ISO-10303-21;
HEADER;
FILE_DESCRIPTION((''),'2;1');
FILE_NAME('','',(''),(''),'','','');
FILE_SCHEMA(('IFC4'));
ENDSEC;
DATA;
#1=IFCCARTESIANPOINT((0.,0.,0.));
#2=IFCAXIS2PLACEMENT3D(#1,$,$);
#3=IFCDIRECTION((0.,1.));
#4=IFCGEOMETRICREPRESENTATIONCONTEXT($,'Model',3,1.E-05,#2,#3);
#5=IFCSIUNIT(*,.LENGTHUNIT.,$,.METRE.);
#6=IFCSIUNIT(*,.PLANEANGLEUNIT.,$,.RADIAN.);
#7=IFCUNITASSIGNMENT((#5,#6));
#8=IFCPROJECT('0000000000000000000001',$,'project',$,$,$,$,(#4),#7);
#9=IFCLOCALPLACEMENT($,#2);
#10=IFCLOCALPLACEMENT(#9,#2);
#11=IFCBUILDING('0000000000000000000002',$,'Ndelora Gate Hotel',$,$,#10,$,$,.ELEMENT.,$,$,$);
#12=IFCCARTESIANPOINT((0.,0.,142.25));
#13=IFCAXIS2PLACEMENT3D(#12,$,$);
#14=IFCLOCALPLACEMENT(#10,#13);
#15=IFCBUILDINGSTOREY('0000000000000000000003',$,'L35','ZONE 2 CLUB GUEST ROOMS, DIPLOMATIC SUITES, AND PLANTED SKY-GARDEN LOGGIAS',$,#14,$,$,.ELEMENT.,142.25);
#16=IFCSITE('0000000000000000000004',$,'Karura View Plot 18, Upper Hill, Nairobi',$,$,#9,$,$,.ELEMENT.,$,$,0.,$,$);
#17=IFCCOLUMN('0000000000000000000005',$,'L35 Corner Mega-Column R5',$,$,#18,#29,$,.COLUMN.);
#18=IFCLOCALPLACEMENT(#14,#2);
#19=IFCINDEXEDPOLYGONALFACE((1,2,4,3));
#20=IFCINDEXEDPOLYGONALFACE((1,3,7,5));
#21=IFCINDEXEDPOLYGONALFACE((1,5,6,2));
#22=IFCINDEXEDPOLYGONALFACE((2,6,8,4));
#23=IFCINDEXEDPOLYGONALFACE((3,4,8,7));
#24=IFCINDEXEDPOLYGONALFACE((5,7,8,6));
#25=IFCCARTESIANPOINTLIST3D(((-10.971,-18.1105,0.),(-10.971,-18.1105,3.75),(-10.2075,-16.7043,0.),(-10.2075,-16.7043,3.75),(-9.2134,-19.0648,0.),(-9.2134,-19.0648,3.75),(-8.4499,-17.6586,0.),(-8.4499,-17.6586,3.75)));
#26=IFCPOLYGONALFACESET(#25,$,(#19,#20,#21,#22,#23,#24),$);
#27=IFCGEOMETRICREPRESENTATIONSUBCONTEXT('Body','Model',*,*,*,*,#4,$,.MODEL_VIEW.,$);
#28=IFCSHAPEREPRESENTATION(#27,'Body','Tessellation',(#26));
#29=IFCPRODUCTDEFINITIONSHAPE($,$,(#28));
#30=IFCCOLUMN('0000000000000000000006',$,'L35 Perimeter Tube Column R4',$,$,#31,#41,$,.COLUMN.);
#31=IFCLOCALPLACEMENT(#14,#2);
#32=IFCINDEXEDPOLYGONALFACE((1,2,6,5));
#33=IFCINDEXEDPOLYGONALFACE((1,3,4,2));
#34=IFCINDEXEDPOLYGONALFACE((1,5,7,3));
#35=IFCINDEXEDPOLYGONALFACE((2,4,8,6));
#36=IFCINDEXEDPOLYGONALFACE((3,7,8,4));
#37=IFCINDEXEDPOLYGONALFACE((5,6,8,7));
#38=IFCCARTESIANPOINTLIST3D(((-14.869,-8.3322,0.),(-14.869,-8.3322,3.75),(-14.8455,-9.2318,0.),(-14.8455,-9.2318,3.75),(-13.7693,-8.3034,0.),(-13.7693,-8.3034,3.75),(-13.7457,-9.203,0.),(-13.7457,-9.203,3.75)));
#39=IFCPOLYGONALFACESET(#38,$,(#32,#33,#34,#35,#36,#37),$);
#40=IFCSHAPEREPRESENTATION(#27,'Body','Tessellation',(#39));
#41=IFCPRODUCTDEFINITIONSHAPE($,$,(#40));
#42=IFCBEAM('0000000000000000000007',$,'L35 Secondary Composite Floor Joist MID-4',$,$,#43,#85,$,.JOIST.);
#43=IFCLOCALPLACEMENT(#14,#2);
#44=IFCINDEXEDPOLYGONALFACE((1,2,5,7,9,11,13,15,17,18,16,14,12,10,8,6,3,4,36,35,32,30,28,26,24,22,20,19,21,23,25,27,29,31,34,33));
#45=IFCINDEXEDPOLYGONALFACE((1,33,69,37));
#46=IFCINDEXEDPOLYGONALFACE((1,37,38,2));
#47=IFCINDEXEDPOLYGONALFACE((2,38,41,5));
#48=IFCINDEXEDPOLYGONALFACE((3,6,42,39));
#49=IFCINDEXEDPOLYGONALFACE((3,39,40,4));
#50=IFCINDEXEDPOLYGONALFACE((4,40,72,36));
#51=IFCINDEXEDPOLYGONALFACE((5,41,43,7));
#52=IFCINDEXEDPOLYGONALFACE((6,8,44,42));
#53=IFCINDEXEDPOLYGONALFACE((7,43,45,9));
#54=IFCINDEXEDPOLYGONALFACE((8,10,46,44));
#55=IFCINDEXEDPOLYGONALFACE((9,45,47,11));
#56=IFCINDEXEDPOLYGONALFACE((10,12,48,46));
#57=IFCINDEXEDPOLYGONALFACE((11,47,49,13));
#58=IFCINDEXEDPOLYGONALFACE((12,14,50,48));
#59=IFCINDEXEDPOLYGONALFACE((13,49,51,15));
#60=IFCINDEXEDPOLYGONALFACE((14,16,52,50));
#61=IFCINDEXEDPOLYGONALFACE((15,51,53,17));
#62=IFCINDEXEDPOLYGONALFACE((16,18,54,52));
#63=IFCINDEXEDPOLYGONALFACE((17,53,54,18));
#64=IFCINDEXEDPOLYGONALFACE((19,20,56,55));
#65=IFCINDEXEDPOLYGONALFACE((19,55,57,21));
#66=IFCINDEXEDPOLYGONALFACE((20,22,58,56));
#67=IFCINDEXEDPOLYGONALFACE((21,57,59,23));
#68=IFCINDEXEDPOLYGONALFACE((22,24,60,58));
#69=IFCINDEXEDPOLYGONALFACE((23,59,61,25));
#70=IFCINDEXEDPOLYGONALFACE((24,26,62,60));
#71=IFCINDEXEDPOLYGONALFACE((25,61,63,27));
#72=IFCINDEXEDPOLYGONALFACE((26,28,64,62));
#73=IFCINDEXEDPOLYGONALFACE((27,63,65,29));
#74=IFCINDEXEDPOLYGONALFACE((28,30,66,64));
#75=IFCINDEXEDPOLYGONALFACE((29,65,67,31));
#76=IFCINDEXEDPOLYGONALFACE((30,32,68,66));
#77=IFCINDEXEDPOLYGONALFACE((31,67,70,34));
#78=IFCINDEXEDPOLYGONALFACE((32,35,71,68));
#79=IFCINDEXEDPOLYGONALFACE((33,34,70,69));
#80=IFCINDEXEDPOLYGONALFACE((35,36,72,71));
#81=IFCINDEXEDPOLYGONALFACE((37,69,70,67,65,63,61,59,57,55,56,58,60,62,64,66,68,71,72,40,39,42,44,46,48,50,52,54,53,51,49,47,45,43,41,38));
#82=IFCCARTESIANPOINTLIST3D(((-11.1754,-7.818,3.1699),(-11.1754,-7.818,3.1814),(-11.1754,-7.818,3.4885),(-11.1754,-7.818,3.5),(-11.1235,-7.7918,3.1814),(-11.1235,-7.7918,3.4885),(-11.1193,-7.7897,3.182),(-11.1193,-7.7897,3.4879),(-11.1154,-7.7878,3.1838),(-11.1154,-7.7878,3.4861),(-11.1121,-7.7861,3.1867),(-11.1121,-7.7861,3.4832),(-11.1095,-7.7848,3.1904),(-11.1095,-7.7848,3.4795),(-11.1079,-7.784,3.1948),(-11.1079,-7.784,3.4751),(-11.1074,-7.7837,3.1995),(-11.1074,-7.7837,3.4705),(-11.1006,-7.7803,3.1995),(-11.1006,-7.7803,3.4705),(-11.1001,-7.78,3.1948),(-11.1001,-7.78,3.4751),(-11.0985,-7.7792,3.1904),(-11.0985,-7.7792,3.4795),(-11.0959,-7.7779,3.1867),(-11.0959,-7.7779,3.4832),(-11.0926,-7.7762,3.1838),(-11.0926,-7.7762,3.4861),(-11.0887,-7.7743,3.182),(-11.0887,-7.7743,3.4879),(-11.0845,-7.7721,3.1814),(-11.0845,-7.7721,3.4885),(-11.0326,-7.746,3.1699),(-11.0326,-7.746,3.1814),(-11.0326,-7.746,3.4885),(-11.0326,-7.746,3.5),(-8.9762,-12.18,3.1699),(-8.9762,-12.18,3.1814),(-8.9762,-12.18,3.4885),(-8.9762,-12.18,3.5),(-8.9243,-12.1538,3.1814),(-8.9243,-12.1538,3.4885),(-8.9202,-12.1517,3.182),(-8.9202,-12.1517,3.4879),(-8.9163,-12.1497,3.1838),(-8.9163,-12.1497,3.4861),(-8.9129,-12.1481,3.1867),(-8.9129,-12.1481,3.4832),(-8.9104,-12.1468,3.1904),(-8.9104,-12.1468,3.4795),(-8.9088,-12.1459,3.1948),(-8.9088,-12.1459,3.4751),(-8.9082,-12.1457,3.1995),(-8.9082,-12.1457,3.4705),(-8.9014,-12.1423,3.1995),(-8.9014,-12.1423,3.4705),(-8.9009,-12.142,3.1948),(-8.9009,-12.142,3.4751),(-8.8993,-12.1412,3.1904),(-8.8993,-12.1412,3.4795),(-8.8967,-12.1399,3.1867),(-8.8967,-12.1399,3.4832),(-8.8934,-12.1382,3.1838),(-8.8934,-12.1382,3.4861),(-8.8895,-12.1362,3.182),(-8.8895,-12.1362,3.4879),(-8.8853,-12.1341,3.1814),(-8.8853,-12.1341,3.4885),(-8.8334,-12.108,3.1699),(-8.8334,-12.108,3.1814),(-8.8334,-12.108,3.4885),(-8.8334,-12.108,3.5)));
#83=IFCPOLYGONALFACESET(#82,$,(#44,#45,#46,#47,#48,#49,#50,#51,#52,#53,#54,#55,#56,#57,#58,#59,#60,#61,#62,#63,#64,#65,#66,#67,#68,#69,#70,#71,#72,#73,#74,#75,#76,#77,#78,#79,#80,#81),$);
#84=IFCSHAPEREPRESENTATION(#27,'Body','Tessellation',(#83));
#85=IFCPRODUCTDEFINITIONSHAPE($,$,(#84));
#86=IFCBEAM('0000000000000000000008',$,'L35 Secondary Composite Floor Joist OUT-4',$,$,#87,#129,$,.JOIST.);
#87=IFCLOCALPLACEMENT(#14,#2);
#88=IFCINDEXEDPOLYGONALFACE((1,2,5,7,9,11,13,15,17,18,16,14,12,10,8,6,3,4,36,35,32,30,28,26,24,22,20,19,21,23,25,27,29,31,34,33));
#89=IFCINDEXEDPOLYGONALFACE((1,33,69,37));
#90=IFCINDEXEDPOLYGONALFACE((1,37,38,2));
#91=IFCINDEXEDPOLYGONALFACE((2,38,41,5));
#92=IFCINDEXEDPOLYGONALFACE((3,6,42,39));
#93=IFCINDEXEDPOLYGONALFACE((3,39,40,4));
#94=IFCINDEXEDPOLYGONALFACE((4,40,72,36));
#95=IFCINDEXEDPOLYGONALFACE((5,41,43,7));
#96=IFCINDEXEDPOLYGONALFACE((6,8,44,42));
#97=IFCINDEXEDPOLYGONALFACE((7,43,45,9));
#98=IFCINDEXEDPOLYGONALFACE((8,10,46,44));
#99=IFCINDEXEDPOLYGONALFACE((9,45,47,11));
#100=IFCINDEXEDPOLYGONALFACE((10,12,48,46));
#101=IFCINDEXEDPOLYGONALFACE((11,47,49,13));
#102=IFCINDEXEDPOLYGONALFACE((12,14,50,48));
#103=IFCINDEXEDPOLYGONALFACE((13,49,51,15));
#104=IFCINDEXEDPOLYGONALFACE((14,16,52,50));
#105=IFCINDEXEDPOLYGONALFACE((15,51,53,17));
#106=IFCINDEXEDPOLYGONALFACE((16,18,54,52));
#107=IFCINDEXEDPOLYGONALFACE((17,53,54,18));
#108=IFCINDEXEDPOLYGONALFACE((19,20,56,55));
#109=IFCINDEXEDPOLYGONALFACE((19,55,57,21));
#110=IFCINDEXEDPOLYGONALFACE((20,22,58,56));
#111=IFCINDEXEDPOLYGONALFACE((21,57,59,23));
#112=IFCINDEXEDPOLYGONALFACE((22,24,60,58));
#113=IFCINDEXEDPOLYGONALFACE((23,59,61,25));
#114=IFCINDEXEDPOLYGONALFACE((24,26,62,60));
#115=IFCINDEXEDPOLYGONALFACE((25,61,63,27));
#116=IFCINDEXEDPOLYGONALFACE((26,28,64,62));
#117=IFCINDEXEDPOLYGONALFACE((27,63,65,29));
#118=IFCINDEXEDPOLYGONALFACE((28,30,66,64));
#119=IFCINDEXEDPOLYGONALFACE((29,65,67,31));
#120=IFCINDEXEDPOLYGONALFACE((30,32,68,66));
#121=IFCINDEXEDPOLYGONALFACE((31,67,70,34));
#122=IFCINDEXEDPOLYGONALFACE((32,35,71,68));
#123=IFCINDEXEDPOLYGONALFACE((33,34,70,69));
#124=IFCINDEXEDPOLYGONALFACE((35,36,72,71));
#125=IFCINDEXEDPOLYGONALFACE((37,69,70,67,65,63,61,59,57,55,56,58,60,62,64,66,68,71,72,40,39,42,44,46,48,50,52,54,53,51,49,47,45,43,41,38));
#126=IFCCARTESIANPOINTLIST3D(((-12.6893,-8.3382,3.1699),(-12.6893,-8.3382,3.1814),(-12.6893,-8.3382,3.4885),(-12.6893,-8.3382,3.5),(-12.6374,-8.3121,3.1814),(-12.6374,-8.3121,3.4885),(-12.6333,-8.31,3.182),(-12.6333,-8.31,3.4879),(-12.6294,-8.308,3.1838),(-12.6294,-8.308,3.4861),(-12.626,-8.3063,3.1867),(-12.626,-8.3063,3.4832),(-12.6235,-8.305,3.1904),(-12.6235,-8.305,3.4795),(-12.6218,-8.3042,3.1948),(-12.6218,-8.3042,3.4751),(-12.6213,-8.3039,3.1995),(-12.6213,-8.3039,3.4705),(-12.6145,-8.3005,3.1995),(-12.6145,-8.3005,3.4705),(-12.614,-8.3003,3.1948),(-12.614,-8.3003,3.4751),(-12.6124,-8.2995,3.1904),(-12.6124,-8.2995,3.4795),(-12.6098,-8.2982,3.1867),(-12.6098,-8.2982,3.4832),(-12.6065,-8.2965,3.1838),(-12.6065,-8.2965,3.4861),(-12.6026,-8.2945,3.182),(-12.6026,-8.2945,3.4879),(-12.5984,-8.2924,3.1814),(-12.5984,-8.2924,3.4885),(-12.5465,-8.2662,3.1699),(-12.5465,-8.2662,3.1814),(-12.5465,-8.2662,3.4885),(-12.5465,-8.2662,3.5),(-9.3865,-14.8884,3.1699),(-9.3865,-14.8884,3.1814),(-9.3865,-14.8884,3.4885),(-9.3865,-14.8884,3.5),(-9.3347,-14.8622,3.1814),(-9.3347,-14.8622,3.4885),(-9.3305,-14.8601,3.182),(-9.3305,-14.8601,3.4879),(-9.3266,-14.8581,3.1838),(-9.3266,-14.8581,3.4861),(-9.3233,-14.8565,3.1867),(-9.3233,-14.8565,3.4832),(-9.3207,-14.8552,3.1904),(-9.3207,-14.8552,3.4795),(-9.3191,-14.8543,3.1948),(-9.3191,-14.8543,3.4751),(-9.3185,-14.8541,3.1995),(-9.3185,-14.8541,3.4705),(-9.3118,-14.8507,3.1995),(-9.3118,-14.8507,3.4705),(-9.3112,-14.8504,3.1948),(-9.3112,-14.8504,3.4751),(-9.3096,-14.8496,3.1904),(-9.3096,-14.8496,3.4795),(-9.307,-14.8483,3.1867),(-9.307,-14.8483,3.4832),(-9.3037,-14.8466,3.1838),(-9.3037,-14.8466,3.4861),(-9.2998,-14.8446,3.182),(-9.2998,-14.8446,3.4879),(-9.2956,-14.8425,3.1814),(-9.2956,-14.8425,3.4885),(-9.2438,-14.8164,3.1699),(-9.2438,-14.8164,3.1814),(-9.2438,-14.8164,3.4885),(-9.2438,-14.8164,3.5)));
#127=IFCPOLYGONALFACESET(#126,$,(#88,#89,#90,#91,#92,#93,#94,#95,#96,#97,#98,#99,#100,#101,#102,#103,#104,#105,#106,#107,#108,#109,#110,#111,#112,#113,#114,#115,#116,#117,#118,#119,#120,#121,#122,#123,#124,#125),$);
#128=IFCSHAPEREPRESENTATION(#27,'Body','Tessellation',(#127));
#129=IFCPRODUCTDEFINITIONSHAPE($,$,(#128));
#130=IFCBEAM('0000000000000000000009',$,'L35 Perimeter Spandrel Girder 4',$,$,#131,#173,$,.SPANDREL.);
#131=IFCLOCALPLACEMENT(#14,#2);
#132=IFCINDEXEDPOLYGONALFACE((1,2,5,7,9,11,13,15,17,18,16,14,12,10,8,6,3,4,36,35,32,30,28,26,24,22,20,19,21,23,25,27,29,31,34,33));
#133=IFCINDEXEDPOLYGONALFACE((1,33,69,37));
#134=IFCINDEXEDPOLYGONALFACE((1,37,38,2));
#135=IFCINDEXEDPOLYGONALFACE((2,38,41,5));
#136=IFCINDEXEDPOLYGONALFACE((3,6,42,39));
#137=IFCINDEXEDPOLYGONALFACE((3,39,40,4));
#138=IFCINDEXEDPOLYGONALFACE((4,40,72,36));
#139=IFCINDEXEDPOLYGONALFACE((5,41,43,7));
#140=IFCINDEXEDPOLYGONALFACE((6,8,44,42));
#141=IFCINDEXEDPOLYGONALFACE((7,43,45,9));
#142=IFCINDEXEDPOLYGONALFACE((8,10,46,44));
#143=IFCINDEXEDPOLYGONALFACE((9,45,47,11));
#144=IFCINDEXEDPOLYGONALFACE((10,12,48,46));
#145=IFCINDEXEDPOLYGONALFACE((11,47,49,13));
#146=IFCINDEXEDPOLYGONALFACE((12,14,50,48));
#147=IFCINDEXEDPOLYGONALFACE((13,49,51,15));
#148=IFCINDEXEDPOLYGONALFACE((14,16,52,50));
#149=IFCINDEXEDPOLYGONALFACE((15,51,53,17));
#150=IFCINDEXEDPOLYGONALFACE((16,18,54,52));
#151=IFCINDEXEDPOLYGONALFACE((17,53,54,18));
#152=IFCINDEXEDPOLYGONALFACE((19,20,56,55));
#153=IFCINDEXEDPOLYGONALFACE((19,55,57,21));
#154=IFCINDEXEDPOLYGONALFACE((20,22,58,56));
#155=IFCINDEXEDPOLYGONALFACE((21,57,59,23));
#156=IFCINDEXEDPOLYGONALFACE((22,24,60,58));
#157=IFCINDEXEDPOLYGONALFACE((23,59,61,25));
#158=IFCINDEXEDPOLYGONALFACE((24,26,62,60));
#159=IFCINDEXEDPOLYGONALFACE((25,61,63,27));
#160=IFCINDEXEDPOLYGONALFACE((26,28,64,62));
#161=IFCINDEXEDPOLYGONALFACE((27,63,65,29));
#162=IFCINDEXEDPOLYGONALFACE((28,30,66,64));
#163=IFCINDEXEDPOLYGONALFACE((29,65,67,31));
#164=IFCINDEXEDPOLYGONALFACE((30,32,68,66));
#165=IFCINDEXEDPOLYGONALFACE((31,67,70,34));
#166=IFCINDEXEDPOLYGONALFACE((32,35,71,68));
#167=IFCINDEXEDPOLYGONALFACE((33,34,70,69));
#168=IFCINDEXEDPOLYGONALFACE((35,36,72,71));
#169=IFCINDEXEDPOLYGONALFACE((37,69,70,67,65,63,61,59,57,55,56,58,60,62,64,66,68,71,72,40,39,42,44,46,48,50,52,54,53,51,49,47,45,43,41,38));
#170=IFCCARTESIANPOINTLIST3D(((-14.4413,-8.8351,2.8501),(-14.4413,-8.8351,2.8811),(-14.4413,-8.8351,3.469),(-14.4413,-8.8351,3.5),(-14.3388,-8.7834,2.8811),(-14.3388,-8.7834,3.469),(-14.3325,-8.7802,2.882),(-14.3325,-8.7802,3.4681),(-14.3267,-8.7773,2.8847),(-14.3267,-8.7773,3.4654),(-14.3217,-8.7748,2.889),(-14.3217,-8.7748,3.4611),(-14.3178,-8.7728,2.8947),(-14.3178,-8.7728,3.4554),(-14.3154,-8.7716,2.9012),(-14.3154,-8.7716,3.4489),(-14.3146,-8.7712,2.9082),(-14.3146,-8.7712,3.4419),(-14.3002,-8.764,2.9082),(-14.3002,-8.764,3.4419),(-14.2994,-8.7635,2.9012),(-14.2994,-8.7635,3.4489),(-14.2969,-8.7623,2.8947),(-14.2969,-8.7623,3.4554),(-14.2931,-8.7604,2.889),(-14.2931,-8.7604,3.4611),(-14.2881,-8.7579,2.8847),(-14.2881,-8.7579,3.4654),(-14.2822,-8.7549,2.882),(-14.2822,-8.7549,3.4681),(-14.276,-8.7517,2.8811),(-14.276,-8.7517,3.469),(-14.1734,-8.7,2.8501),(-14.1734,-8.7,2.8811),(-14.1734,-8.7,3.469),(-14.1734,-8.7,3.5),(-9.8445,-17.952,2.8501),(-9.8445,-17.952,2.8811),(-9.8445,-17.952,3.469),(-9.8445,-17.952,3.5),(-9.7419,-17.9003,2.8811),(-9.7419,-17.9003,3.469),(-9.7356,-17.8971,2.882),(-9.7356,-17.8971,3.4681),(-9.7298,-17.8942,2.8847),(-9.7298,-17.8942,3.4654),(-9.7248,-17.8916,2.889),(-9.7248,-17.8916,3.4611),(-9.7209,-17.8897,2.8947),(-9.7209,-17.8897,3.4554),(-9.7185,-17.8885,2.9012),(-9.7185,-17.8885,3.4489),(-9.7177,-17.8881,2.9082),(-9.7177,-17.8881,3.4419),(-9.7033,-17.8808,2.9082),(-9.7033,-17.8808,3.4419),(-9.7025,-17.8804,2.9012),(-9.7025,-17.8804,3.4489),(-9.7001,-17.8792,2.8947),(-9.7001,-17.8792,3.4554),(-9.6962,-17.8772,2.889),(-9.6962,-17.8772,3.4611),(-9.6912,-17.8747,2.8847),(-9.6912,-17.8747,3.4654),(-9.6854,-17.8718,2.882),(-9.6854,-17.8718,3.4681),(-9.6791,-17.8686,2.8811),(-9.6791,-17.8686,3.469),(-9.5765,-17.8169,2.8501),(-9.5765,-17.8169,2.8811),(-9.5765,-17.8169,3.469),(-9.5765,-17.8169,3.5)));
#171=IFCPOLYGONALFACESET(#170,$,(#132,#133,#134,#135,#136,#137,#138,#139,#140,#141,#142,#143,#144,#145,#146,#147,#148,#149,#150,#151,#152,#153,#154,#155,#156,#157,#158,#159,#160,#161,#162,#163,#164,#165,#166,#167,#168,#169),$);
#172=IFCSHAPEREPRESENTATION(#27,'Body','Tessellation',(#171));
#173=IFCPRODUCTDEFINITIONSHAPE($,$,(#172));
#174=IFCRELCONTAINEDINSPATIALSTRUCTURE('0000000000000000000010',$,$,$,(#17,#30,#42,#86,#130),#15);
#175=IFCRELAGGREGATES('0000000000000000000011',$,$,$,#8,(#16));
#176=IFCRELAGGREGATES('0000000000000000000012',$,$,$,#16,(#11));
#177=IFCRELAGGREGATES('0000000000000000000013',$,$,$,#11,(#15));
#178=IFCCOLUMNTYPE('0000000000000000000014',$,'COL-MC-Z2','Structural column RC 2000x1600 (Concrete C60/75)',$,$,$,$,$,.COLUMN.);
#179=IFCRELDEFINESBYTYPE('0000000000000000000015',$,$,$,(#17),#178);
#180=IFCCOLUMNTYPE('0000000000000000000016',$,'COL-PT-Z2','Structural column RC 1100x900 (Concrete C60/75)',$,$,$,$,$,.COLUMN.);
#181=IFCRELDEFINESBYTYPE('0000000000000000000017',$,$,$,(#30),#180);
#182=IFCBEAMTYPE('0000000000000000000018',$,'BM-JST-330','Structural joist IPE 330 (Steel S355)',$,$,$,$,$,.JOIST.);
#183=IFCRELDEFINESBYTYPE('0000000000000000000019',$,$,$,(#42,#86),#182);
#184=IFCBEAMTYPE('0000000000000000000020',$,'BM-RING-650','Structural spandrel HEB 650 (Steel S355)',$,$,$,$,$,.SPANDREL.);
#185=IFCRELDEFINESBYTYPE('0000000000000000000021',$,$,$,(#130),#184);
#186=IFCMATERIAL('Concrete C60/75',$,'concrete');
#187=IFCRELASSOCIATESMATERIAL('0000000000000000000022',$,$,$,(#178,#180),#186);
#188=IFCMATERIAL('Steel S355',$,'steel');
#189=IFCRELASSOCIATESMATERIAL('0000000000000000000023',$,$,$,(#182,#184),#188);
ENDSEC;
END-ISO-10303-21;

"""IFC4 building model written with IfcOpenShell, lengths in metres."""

from ifc_helpers import new_model, si_unit, direction, frame, origin, origin_2d, place, context, subcontext, project, spatial, rectangle, i_section, extrude, material, material_profile, profile_set, type_object, element, save


model = new_model("IFC4")

# Units and contexts
model_context = context("Model", 3, precision=1e-05, world=origin(), true_north=direction((0.0, 1.0)))
body_context = subcontext(model_context, "Body", "Model", "MODEL_VIEW")
ifc_project = project(units=[si_unit("LENGTHUNIT", "METRE"), si_unit("PLANEANGLEUNIT", "RADIAN")], contexts=[model_context])

# Site, building, storey
site_placement = place(None, origin())
site = spatial("IfcSite", under=ifc_project, at=site_placement, Name="Karura View Plot 18, Upper Hill, Nairobi", CompositionType="ELEMENT", RefElevation=0.0)
building_placement = place(site_placement, origin())
building = spatial("IfcBuilding", under=site, at=building_placement, Name="Ndelora Gate Hotel", CompositionType="ELEMENT")
storey_placement = place(building_placement, frame((0.0, 0.0, 142.25)))
storey = spatial("IfcBuildingStorey", under=building, at=storey_placement, Name="L35", Description="ZONE 2 CLUB GUEST ROOMS, DIPLOMATIC SUITES, AND PLANTED SKY-GARDEN LOGGIAS", CompositionType="ELEMENT", Elevation=142.25)

# Columns
ifc_material_1 = material(Name="Concrete C60/75", Category="concrete")
ifc_material_profile_1 = material_profile(ifc_material_1, rectangle(XDim=1.6001, YDim=2.0, at=origin_2d()), Name="RC 2000x1600")
ifc_profile_set_1 = profile_set([ifc_material_profile_1], Name="Concrete C60/75")
column_type_1 = type_object("IfcColumnType", Name="COL-MC-Z2", Description="Structural column RC 2000x1600 (Concrete C60/75)", PredefinedType="COLUMN", material=ifc_profile_set_1)
column_1_placement = place(storey_placement, frame((-9.7104, -17.8845, 0.0), z_axis=(0.0, 0.0, 1.0), x_axis=(0.477159, 0.878817, 0.0)))
element("IfcColumn", 1, at=column_1_placement, inside=storey, type_object=column_type_1, Name="L35 Corner Mega-Column R5", PredefinedType="COLUMN", context=body_context, shape_type="SweptSolid", body=[
    extrude(rectangle(XDim=1.6001, YDim=2.0, at=origin_2d()), origin(), (0.0, 0.0, 1.0), 3.75),
])
ifc_material_profile_2 = material_profile(ifc_material_1, rectangle(XDim=0.8999, YDim=1.1001, at=origin_2d()), Name="RC 1100x900")
ifc_profile_set_2 = profile_set([ifc_material_profile_2], Name="Concrete C60/75")
column_type_2 = type_object("IfcColumnType", Name="COL-PT-Z2", Description="Structural column RC 1100x900 (Concrete C60/75)", PredefinedType="COLUMN", material=ifc_profile_set_2)
column_2_placement = place(storey_placement, frame((-14.3074, -8.7676, 0.0), z_axis=(0.0, 0.0, 1.0), x_axis=(-0.026177, 0.999657, 0.0)))
element("IfcColumn", 2, at=column_2_placement, inside=storey, type_object=column_type_2, Name="L35 Perimeter Tube Column R4", PredefinedType="COLUMN", context=body_context, shape_type="SweptSolid", body=[
    extrude(rectangle(XDim=0.8999, YDim=1.1001, at=origin_2d()), origin(), (0.0, 0.0, 1.0), 3.75),
])

# Beams
ifc_material_2 = material(Name="Steel S355", Category="steel")
ifc_material_profile_3 = material_profile(ifc_material_2, i_section(OverallWidth=0.1599, OverallDepth=0.3301, WebThickness=0.0076, FlangeThickness=0.0115, FilletRadius=0.0181, at=origin_2d()), Name="IPE 330")
ifc_profile_set_3 = profile_set([ifc_material_profile_3], Name="Steel S355")
beam_type_1 = type_object("IfcBeamType", Name="BM-JST-330", Description="Structural joist IPE 330 (Steel S355)", PredefinedType="JOIST", material=ifc_profile_set_3)
beam_1_placement = place(storey_placement, frame((-11.104, -7.782, 3.335), z_axis=(0.45019, -0.892933, 0.0), x_axis=(0.892933, 0.45019, 0.0)))
element("IfcBeam", 3, at=beam_1_placement, inside=storey, type_object=beam_type_1, Name="L35 Secondary Composite Floor Joist MID-4", PredefinedType="JOIST", context=body_context, shape_type="SweptSolid", body=[
    extrude(i_section(OverallWidth=0.1599, OverallDepth=0.3301, WebThickness=0.0076, FlangeThickness=0.0115, FilletRadius=0.0181, at=origin_2d()), origin(), (0.0, 0.0, 1.0), 4.885),
])
beam_2_placement = place(storey_placement, frame((-12.6179, -8.3022, 3.335), z_axis=(0.450233, -0.892911, 0.0), x_axis=(0.892911, 0.450233, 0.0)))
element("IfcBeam", 4, at=beam_2_placement, inside=storey, type_object=beam_type_1, Name="L35 Secondary Composite Floor Joist OUT-4", PredefinedType="JOIST", context=body_context, shape_type="SweptSolid", body=[
    extrude(i_section(OverallWidth=0.1599, OverallDepth=0.3301, WebThickness=0.0076, FlangeThickness=0.0115, FilletRadius=0.0181, at=origin_2d()), origin(), (0.0, 0.0, 1.0), 7.3357),
])
ifc_material_profile_4 = material_profile(ifc_material_2, i_section(OverallWidth=0.3, OverallDepth=0.6499, WebThickness=0.0161, FlangeThickness=0.031, FilletRadius=0.0271, at=origin_2d()), Name="HEB 650")
ifc_profile_set_4 = profile_set([ifc_material_profile_4], Name="Steel S355")
beam_type_2 = type_object("IfcBeamType", Name="BM-RING-650", Description="Structural spandrel HEB 650 (Steel S355)", PredefinedType="SPANDREL", material=ifc_profile_set_4)
for number, where, z_axis, x_axis, name in (
    (5, (-14.3074, -8.7676, 3.175), (0.450224, -0.892916, 0.0), (0.892916, 0.450224, 0.0), "L35 Perimeter Spandrel Girder 4"),
):
    element("IfcBeam", number, at=place(storey_placement, frame(where, z_axis=z_axis, x_axis=x_axis)), inside=storey, type_object=beam_type_2, Name=name, PredefinedType="SPANDREL", context=body_context, shape_type="SweptSolid", body=[
        extrude(i_section(OverallWidth=0.3, OverallDepth=0.6499, WebThickness=0.0161, FlangeThickness=0.031, FilletRadius=0.0271, at=origin_2d()), origin(), (0.0, 0.0, 1.0), 10.2102),
    ])

save(model, "model.ifc")
